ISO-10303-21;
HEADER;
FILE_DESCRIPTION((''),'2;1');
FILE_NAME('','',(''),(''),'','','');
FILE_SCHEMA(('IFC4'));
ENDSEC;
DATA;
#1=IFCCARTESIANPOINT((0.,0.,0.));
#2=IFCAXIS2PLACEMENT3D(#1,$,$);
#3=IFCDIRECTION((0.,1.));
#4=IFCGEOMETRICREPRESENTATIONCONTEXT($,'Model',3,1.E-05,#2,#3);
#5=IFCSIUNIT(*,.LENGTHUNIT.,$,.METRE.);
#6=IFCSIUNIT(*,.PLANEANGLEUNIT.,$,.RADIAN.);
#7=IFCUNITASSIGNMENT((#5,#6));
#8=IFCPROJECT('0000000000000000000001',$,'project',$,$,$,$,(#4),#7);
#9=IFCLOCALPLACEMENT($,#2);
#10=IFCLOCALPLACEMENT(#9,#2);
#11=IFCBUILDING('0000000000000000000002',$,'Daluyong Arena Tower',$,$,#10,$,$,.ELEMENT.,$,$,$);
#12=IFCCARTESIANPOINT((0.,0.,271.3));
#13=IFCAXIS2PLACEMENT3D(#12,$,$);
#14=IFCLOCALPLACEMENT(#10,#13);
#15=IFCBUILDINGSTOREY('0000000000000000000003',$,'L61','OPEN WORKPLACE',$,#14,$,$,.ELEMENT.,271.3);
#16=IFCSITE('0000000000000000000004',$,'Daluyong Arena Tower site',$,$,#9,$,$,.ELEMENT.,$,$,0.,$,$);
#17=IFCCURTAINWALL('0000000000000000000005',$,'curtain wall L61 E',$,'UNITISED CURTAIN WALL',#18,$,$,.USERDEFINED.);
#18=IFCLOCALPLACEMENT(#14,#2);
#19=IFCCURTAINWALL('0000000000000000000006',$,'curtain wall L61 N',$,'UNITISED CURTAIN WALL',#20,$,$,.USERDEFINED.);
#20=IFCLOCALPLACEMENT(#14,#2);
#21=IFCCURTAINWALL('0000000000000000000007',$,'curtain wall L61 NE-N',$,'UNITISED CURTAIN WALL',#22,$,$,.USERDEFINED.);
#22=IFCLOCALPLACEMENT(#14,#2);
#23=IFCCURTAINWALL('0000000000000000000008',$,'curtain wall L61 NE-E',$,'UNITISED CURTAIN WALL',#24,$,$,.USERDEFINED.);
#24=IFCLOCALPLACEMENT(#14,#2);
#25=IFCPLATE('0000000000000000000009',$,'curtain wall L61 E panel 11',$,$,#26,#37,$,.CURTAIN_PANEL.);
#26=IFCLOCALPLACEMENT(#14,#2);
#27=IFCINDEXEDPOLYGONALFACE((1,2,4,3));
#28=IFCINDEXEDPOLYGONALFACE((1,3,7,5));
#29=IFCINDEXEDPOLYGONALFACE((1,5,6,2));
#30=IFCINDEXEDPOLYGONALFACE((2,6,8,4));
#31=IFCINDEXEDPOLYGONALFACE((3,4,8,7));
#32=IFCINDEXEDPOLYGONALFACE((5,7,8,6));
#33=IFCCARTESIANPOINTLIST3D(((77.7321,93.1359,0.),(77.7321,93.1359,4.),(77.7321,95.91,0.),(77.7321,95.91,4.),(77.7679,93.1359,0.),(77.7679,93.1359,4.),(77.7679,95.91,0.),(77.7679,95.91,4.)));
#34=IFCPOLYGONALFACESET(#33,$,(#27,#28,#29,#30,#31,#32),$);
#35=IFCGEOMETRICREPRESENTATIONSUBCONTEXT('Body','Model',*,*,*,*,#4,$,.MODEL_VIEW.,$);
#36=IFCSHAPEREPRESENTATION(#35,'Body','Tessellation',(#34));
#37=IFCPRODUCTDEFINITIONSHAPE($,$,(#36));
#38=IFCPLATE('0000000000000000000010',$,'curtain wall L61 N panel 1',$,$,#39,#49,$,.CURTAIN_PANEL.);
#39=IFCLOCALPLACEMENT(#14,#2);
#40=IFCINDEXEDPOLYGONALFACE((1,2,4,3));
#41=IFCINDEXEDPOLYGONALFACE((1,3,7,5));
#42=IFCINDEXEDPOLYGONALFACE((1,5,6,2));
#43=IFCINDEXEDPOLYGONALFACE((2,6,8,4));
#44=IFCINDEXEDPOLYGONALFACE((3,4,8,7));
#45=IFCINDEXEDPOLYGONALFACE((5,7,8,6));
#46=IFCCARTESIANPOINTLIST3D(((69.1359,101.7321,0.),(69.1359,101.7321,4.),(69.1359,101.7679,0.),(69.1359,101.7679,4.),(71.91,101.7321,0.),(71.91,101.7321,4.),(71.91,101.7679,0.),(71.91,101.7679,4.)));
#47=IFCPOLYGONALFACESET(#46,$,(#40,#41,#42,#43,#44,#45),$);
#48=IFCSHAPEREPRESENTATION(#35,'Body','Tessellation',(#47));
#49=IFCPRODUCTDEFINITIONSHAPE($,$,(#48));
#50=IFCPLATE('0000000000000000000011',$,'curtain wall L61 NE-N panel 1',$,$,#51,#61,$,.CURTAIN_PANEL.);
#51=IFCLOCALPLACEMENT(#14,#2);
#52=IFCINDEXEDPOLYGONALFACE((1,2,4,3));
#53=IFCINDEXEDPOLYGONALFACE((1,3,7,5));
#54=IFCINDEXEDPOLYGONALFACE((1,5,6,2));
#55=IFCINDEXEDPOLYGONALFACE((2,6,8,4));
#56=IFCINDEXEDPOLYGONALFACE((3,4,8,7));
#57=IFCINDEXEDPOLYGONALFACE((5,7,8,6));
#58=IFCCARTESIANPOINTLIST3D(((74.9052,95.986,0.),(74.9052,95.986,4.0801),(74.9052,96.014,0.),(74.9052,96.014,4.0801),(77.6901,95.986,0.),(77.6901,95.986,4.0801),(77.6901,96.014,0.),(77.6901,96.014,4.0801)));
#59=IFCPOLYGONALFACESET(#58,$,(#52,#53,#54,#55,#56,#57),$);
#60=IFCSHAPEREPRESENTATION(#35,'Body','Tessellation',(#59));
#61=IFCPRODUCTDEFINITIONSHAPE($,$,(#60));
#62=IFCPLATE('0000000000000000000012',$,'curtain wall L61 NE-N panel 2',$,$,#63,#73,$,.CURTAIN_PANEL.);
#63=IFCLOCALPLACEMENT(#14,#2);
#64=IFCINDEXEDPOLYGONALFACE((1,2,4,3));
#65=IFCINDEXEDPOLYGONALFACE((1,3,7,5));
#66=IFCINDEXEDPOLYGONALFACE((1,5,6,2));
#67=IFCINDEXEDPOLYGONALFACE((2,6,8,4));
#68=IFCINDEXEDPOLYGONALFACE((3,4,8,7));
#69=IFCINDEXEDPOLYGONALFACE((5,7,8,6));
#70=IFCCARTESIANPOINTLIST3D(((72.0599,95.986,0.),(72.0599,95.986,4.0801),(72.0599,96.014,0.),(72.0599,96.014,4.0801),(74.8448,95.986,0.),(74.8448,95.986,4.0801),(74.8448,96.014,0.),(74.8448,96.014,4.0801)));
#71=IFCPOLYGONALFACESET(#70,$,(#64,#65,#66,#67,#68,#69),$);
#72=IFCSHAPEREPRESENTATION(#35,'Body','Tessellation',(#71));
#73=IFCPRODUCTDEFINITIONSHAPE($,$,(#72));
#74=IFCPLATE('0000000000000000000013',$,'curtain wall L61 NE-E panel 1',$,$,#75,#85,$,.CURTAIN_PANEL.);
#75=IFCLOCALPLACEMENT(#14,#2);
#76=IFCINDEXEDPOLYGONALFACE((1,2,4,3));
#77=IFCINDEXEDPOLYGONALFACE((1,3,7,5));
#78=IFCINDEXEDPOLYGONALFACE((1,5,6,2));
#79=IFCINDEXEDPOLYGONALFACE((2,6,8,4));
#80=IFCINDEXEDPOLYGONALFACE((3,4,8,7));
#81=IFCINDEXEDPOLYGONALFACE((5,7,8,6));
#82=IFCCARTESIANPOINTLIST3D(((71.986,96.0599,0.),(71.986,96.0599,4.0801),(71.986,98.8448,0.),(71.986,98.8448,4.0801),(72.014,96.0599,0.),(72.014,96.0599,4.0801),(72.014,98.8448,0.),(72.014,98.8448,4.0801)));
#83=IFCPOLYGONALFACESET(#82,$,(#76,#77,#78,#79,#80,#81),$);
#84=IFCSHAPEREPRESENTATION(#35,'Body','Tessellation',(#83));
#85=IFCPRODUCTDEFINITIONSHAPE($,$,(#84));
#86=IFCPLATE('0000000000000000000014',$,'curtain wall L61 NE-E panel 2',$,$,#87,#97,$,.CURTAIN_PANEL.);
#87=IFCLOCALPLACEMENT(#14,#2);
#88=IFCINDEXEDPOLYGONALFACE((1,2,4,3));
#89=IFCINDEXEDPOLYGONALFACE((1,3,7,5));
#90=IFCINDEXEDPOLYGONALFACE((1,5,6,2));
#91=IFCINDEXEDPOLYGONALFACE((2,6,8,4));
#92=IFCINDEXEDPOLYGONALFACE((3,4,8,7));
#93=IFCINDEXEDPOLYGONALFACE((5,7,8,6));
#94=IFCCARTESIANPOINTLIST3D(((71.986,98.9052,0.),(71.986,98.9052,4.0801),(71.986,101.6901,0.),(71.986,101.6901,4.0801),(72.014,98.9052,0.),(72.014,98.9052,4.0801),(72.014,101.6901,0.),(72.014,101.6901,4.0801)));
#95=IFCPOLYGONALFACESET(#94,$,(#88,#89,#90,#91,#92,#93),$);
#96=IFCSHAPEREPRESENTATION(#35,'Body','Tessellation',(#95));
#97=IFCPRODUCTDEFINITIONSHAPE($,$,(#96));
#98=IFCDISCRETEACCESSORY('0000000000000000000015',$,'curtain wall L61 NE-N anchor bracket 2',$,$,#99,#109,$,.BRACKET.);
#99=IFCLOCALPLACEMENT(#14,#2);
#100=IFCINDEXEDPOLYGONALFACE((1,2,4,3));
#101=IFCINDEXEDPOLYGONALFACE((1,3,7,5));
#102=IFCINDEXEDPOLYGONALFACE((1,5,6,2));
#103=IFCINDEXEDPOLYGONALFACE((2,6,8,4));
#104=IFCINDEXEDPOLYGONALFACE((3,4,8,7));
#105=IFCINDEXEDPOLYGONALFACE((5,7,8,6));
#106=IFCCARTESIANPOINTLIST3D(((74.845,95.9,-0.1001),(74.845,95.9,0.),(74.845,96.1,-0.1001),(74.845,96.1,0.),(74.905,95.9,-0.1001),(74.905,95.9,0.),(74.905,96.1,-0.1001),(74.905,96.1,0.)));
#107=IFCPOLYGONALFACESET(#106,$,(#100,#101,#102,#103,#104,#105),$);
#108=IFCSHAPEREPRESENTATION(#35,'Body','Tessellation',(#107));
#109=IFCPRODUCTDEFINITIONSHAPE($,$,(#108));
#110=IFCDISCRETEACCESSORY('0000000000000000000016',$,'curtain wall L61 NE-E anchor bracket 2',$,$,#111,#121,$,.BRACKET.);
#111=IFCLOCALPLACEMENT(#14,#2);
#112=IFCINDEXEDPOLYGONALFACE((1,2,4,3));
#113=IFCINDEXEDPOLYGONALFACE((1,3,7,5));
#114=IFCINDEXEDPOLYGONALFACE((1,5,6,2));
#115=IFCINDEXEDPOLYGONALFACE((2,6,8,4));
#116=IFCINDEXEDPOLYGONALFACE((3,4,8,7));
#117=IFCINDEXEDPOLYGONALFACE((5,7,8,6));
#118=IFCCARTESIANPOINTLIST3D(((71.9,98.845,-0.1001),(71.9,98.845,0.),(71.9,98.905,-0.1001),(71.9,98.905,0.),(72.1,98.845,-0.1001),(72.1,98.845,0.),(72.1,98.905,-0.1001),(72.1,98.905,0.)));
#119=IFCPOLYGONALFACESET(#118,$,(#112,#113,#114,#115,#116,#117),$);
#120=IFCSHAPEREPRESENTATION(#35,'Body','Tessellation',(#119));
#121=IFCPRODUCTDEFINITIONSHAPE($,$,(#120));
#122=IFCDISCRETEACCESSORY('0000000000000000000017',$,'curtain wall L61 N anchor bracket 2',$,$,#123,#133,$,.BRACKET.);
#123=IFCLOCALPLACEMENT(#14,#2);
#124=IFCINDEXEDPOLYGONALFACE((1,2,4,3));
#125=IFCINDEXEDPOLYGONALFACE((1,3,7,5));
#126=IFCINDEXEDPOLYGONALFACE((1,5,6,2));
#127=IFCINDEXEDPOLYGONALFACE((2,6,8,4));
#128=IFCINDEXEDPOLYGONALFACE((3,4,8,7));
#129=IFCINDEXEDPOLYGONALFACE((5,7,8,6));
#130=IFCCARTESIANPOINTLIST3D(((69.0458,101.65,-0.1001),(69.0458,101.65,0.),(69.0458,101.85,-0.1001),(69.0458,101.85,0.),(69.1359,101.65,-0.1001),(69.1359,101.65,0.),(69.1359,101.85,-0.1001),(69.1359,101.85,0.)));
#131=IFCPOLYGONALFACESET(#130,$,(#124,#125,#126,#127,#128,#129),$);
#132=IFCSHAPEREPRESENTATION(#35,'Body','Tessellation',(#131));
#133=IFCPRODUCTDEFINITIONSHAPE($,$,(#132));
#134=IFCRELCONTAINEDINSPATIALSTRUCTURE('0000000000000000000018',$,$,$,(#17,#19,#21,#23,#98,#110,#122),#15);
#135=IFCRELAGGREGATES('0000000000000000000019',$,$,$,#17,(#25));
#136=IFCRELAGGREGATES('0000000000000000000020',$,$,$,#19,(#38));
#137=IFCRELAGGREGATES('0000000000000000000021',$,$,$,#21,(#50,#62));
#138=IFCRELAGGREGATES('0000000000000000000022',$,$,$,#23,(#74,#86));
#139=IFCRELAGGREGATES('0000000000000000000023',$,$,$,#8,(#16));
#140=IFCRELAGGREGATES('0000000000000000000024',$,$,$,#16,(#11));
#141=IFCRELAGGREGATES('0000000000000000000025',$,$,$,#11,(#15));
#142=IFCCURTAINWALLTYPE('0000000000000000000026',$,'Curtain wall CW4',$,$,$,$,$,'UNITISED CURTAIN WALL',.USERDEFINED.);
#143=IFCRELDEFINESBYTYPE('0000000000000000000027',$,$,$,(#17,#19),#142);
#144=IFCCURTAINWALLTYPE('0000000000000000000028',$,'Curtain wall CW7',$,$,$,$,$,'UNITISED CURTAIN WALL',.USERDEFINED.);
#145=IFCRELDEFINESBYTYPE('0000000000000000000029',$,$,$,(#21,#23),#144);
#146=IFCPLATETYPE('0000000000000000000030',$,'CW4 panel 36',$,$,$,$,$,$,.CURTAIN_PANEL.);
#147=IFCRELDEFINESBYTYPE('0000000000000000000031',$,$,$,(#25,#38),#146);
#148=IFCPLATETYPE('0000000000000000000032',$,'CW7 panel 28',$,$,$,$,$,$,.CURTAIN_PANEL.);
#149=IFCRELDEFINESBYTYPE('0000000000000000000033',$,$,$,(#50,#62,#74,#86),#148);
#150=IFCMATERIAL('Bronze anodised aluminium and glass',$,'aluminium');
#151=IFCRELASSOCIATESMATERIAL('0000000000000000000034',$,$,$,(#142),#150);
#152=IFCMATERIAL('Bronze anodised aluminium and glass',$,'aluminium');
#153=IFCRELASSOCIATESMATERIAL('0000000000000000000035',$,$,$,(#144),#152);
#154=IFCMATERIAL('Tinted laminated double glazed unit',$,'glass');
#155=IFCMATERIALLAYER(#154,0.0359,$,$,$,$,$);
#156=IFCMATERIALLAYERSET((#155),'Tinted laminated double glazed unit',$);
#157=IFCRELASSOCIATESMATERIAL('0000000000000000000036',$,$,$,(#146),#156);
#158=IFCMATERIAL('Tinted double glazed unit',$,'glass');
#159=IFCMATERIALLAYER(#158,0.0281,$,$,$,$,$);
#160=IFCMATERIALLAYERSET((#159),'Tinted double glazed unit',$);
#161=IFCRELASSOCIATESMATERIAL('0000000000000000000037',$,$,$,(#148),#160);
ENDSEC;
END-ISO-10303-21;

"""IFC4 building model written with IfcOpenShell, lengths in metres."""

from ifc_helpers import new_model, si_unit, direction, frame, origin, origin_2d, place, context, subcontext, project, spatial, rectangle, extrude, material, layer, layer_set, type_object, element, aggregate, save


model = new_model("IFC4")

# Units and contexts
model_context = context("Model", 3, precision=1e-05, world=origin(), true_north=direction((0.0, 1.0)))
body_context = subcontext(model_context, "Body", "Model", "MODEL_VIEW")
ifc_project = project(units=[si_unit("LENGTHUNIT", "METRE"), si_unit("PLANEANGLEUNIT", "RADIAN")], contexts=[model_context])

# Site, building, storey
site_placement = place(None, origin())
site = spatial("IfcSite", under=ifc_project, at=site_placement, Name="Daluyong Arena Tower site", CompositionType="ELEMENT", RefElevation=0.0)
building_placement = place(site_placement, origin())
building = spatial("IfcBuilding", under=site, at=building_placement, Name="Daluyong Arena Tower", CompositionType="ELEMENT")
storey_placement = place(building_placement, frame((0.0, 0.0, 271.3)))
storey = spatial("IfcBuildingStorey", under=building, at=storey_placement, Name="L61", Description="OPEN WORKPLACE", CompositionType="ELEMENT", Elevation=271.3)

# Curtain wall
ifc_material_1 = material(Name="Bronze anodised aluminium and glass", Category="aluminium")
curtain_wall_type_1 = type_object("IfcCurtainWallType", Name="Curtain wall CW4", ElementType="UNITISED CURTAIN WALL", PredefinedType="USERDEFINED", material=ifc_material_1)
curtain_wall_1_placement = place(storey_placement, origin())
curtain_wall_1 = element("IfcCurtainWall", 1, at=curtain_wall_1_placement, inside=storey, type_object=curtain_wall_type_1, Name="curtain wall L61 E", ObjectType="UNITISED CURTAIN WALL", PredefinedType="USERDEFINED")

# Curtain walls
curtain_wall_2_placement = place(storey_placement, origin())
curtain_wall_2 = element("IfcCurtainWall", 2, at=curtain_wall_2_placement, inside=storey, type_object=curtain_wall_type_1, Name="curtain wall L61 N", ObjectType="UNITISED CURTAIN WALL", PredefinedType="USERDEFINED")
ifc_material_2 = material(Name="Bronze anodised aluminium and glass", Category="aluminium")
curtain_wall_type_2 = type_object("IfcCurtainWallType", Name="Curtain wall CW7", ElementType="UNITISED CURTAIN WALL", PredefinedType="USERDEFINED", material=ifc_material_2)
curtain_wall_3_placement = place(storey_placement, origin())
curtain_wall_3 = element("IfcCurtainWall", 3, at=curtain_wall_3_placement, inside=storey, type_object=curtain_wall_type_2, Name="curtain wall L61 NE-N", ObjectType="UNITISED CURTAIN WALL", PredefinedType="USERDEFINED")
curtain_wall_4_placement = place(storey_placement, origin())
curtain_wall_4 = element("IfcCurtainWall", 4, at=curtain_wall_4_placement, inside=storey, type_object=curtain_wall_type_2, Name="curtain wall L61 NE-E", ObjectType="UNITISED CURTAIN WALL", PredefinedType="USERDEFINED")

# Plates
ifc_material_3 = material(Name="Tinted laminated double glazed unit", Category="glass")
ifc_layer_1 = layer(ifc_material_3, 0.0359)
ifc_layer_set_1 = layer_set([ifc_layer_1], Name="Tinted laminated double glazed unit")
plate_type_1 = type_object("IfcPlateType", Name="CW4 panel 36", PredefinedType="CURTAIN_PANEL", material=ifc_layer_set_1)
plate_1_placement = place(storey_placement, frame((77.75, 94.5229, 0.0), z_axis=(0.0, 0.0, 1.0), x_axis=(0.0, 1.0, 0.0)))
plate_1 = element("IfcPlate", 5, at=plate_1_placement, type_object=plate_type_1, Name="curtain wall L61 E panel 11", PredefinedType="CURTAIN_PANEL", context=body_context, shape_type="SweptSolid", body=[
    extrude(rectangle(XDim=2.7742, YDim=0.0359, at=origin_2d()), origin(), (0.0, 0.0, 1.0), 4.0),
])
aggregate(curtain_wall_1, [plate_1])
plate_2_placement = place(storey_placement, frame((70.5229, 101.75, 0.0), z_axis=(0.0, 0.0, 1.0), x_axis=(-1.0, 0.0, 0.0)))
plate_2 = element("IfcPlate", 6, at=plate_2_placement, type_object=plate_type_1, Name="curtain wall L61 N panel 1", PredefinedType="CURTAIN_PANEL", context=body_context, shape_type="SweptSolid", body=[
    extrude(rectangle(XDim=2.7742, YDim=0.0359, at=origin_2d()), origin(), (0.0, 0.0, 1.0), 4.0),
])
aggregate(curtain_wall_2, [plate_2])
ifc_material_4 = material(Name="Tinted double glazed unit", Category="glass")
ifc_layer_2 = layer(ifc_material_4, 0.0281)
ifc_layer_set_2 = layer_set([ifc_layer_2], Name="Tinted double glazed unit")
plate_type_2 = type_object("IfcPlateType", Name="CW7 panel 28", PredefinedType="CURTAIN_PANEL", material=ifc_layer_set_2)
plate_3_placement = place(storey_placement, frame((76.2976, 96.0, 0.0), z_axis=(0.0, 0.0, 1.0), x_axis=(-1.0, 0.0, 0.0)))
plate_3 = element("IfcPlate", 7, at=plate_3_placement, type_object=plate_type_2, Name="curtain wall L61 NE-N panel 1", PredefinedType="CURTAIN_PANEL", context=body_context, shape_type="SweptSolid", body=[
    extrude(rectangle(XDim=2.7849, YDim=0.0281, at=origin_2d()), origin(), (0.0, 0.0, 1.0), 4.0801),
])
plate_4_placement = place(storey_placement, frame((73.4524, 96.0, 0.0), z_axis=(0.0, 0.0, 1.0), x_axis=(-1.0, 0.0, 0.0)))
plate_4 = element("IfcPlate", 8, at=plate_4_placement, type_object=plate_type_2, Name="curtain wall L61 NE-N panel 2", PredefinedType="CURTAIN_PANEL", context=body_context, shape_type="SweptSolid", body=[
    extrude(rectangle(XDim=2.7849, YDim=0.0281, at=origin_2d()), origin(), (0.0, 0.0, 1.0), 4.0801),
])
aggregate(curtain_wall_3, [plate_3, plate_4])
plate_5_placement = place(storey_placement, frame((72.0, 97.4524, 0.0), z_axis=(0.0, 0.0, 1.0), x_axis=(0.0, 1.0, 0.0)))
plate_5 = element("IfcPlate", 9, at=plate_5_placement, type_object=plate_type_2, Name="curtain wall L61 NE-E panel 1", PredefinedType="CURTAIN_PANEL", context=body_context, shape_type="SweptSolid", body=[
    extrude(rectangle(XDim=2.7849, YDim=0.0281, at=origin_2d()), origin(), (0.0, 0.0, 1.0), 4.0801),
])
plate_6_placement = place(storey_placement, frame((72.0, 100.2976, 0.0), z_axis=(0.0, 0.0, 1.0), x_axis=(0.0, 1.0, 0.0)))
plate_6 = element("IfcPlate", 10, at=plate_6_placement, type_object=plate_type_2, Name="curtain wall L61 NE-E panel 2", PredefinedType="CURTAIN_PANEL", context=body_context, shape_type="SweptSolid", body=[
    extrude(rectangle(XDim=2.7849, YDim=0.0281, at=origin_2d()), origin(), (0.0, 0.0, 1.0), 4.0801),
])
aggregate(curtain_wall_4, [plate_5, plate_6])

# Discrete accessories
for number, where, z_axis, x_axis, name in (
    (11, (74.875, 96.0, -0.1001), (0.0, 0.0, 1.0), (-1.0, 0.0, 0.0), "curtain wall L61 NE-N anchor bracket 2"),
    (12, (72.0, 98.875, -0.1001), (0.0, 0.0, 1.0), (0.0, 1.0, 0.0), "curtain wall L61 NE-E anchor bracket 2"),
):
    element("IfcDiscreteAccessory", number, at=place(storey_placement, frame(where, z_axis=z_axis, x_axis=x_axis)), inside=storey, Name=name, PredefinedType="BRACKET", context=body_context, shape_type="SweptSolid", body=[
        extrude(rectangle(XDim=0.0601, YDim=0.2, at=origin_2d()), origin(), (0.0, 0.0, 1.0), 0.1001),
    ])
discrete_accessory_placement = place(storey_placement, frame((69.0908, 101.75, -0.1001), z_axis=(0.0, 0.0, 1.0), x_axis=(-1.0, 0.0, 0.0)))
element("IfcDiscreteAccessory", 13, at=discrete_accessory_placement, inside=storey, Name="curtain wall L61 N anchor bracket 2", PredefinedType="BRACKET", context=body_context, shape_type="SweptSolid", body=[
    extrude(rectangle(XDim=0.0901, YDim=0.2, at=origin_2d()), origin(), (0.0, 0.0, 1.0), 0.1001),
])

save(model, "model.ifc")
